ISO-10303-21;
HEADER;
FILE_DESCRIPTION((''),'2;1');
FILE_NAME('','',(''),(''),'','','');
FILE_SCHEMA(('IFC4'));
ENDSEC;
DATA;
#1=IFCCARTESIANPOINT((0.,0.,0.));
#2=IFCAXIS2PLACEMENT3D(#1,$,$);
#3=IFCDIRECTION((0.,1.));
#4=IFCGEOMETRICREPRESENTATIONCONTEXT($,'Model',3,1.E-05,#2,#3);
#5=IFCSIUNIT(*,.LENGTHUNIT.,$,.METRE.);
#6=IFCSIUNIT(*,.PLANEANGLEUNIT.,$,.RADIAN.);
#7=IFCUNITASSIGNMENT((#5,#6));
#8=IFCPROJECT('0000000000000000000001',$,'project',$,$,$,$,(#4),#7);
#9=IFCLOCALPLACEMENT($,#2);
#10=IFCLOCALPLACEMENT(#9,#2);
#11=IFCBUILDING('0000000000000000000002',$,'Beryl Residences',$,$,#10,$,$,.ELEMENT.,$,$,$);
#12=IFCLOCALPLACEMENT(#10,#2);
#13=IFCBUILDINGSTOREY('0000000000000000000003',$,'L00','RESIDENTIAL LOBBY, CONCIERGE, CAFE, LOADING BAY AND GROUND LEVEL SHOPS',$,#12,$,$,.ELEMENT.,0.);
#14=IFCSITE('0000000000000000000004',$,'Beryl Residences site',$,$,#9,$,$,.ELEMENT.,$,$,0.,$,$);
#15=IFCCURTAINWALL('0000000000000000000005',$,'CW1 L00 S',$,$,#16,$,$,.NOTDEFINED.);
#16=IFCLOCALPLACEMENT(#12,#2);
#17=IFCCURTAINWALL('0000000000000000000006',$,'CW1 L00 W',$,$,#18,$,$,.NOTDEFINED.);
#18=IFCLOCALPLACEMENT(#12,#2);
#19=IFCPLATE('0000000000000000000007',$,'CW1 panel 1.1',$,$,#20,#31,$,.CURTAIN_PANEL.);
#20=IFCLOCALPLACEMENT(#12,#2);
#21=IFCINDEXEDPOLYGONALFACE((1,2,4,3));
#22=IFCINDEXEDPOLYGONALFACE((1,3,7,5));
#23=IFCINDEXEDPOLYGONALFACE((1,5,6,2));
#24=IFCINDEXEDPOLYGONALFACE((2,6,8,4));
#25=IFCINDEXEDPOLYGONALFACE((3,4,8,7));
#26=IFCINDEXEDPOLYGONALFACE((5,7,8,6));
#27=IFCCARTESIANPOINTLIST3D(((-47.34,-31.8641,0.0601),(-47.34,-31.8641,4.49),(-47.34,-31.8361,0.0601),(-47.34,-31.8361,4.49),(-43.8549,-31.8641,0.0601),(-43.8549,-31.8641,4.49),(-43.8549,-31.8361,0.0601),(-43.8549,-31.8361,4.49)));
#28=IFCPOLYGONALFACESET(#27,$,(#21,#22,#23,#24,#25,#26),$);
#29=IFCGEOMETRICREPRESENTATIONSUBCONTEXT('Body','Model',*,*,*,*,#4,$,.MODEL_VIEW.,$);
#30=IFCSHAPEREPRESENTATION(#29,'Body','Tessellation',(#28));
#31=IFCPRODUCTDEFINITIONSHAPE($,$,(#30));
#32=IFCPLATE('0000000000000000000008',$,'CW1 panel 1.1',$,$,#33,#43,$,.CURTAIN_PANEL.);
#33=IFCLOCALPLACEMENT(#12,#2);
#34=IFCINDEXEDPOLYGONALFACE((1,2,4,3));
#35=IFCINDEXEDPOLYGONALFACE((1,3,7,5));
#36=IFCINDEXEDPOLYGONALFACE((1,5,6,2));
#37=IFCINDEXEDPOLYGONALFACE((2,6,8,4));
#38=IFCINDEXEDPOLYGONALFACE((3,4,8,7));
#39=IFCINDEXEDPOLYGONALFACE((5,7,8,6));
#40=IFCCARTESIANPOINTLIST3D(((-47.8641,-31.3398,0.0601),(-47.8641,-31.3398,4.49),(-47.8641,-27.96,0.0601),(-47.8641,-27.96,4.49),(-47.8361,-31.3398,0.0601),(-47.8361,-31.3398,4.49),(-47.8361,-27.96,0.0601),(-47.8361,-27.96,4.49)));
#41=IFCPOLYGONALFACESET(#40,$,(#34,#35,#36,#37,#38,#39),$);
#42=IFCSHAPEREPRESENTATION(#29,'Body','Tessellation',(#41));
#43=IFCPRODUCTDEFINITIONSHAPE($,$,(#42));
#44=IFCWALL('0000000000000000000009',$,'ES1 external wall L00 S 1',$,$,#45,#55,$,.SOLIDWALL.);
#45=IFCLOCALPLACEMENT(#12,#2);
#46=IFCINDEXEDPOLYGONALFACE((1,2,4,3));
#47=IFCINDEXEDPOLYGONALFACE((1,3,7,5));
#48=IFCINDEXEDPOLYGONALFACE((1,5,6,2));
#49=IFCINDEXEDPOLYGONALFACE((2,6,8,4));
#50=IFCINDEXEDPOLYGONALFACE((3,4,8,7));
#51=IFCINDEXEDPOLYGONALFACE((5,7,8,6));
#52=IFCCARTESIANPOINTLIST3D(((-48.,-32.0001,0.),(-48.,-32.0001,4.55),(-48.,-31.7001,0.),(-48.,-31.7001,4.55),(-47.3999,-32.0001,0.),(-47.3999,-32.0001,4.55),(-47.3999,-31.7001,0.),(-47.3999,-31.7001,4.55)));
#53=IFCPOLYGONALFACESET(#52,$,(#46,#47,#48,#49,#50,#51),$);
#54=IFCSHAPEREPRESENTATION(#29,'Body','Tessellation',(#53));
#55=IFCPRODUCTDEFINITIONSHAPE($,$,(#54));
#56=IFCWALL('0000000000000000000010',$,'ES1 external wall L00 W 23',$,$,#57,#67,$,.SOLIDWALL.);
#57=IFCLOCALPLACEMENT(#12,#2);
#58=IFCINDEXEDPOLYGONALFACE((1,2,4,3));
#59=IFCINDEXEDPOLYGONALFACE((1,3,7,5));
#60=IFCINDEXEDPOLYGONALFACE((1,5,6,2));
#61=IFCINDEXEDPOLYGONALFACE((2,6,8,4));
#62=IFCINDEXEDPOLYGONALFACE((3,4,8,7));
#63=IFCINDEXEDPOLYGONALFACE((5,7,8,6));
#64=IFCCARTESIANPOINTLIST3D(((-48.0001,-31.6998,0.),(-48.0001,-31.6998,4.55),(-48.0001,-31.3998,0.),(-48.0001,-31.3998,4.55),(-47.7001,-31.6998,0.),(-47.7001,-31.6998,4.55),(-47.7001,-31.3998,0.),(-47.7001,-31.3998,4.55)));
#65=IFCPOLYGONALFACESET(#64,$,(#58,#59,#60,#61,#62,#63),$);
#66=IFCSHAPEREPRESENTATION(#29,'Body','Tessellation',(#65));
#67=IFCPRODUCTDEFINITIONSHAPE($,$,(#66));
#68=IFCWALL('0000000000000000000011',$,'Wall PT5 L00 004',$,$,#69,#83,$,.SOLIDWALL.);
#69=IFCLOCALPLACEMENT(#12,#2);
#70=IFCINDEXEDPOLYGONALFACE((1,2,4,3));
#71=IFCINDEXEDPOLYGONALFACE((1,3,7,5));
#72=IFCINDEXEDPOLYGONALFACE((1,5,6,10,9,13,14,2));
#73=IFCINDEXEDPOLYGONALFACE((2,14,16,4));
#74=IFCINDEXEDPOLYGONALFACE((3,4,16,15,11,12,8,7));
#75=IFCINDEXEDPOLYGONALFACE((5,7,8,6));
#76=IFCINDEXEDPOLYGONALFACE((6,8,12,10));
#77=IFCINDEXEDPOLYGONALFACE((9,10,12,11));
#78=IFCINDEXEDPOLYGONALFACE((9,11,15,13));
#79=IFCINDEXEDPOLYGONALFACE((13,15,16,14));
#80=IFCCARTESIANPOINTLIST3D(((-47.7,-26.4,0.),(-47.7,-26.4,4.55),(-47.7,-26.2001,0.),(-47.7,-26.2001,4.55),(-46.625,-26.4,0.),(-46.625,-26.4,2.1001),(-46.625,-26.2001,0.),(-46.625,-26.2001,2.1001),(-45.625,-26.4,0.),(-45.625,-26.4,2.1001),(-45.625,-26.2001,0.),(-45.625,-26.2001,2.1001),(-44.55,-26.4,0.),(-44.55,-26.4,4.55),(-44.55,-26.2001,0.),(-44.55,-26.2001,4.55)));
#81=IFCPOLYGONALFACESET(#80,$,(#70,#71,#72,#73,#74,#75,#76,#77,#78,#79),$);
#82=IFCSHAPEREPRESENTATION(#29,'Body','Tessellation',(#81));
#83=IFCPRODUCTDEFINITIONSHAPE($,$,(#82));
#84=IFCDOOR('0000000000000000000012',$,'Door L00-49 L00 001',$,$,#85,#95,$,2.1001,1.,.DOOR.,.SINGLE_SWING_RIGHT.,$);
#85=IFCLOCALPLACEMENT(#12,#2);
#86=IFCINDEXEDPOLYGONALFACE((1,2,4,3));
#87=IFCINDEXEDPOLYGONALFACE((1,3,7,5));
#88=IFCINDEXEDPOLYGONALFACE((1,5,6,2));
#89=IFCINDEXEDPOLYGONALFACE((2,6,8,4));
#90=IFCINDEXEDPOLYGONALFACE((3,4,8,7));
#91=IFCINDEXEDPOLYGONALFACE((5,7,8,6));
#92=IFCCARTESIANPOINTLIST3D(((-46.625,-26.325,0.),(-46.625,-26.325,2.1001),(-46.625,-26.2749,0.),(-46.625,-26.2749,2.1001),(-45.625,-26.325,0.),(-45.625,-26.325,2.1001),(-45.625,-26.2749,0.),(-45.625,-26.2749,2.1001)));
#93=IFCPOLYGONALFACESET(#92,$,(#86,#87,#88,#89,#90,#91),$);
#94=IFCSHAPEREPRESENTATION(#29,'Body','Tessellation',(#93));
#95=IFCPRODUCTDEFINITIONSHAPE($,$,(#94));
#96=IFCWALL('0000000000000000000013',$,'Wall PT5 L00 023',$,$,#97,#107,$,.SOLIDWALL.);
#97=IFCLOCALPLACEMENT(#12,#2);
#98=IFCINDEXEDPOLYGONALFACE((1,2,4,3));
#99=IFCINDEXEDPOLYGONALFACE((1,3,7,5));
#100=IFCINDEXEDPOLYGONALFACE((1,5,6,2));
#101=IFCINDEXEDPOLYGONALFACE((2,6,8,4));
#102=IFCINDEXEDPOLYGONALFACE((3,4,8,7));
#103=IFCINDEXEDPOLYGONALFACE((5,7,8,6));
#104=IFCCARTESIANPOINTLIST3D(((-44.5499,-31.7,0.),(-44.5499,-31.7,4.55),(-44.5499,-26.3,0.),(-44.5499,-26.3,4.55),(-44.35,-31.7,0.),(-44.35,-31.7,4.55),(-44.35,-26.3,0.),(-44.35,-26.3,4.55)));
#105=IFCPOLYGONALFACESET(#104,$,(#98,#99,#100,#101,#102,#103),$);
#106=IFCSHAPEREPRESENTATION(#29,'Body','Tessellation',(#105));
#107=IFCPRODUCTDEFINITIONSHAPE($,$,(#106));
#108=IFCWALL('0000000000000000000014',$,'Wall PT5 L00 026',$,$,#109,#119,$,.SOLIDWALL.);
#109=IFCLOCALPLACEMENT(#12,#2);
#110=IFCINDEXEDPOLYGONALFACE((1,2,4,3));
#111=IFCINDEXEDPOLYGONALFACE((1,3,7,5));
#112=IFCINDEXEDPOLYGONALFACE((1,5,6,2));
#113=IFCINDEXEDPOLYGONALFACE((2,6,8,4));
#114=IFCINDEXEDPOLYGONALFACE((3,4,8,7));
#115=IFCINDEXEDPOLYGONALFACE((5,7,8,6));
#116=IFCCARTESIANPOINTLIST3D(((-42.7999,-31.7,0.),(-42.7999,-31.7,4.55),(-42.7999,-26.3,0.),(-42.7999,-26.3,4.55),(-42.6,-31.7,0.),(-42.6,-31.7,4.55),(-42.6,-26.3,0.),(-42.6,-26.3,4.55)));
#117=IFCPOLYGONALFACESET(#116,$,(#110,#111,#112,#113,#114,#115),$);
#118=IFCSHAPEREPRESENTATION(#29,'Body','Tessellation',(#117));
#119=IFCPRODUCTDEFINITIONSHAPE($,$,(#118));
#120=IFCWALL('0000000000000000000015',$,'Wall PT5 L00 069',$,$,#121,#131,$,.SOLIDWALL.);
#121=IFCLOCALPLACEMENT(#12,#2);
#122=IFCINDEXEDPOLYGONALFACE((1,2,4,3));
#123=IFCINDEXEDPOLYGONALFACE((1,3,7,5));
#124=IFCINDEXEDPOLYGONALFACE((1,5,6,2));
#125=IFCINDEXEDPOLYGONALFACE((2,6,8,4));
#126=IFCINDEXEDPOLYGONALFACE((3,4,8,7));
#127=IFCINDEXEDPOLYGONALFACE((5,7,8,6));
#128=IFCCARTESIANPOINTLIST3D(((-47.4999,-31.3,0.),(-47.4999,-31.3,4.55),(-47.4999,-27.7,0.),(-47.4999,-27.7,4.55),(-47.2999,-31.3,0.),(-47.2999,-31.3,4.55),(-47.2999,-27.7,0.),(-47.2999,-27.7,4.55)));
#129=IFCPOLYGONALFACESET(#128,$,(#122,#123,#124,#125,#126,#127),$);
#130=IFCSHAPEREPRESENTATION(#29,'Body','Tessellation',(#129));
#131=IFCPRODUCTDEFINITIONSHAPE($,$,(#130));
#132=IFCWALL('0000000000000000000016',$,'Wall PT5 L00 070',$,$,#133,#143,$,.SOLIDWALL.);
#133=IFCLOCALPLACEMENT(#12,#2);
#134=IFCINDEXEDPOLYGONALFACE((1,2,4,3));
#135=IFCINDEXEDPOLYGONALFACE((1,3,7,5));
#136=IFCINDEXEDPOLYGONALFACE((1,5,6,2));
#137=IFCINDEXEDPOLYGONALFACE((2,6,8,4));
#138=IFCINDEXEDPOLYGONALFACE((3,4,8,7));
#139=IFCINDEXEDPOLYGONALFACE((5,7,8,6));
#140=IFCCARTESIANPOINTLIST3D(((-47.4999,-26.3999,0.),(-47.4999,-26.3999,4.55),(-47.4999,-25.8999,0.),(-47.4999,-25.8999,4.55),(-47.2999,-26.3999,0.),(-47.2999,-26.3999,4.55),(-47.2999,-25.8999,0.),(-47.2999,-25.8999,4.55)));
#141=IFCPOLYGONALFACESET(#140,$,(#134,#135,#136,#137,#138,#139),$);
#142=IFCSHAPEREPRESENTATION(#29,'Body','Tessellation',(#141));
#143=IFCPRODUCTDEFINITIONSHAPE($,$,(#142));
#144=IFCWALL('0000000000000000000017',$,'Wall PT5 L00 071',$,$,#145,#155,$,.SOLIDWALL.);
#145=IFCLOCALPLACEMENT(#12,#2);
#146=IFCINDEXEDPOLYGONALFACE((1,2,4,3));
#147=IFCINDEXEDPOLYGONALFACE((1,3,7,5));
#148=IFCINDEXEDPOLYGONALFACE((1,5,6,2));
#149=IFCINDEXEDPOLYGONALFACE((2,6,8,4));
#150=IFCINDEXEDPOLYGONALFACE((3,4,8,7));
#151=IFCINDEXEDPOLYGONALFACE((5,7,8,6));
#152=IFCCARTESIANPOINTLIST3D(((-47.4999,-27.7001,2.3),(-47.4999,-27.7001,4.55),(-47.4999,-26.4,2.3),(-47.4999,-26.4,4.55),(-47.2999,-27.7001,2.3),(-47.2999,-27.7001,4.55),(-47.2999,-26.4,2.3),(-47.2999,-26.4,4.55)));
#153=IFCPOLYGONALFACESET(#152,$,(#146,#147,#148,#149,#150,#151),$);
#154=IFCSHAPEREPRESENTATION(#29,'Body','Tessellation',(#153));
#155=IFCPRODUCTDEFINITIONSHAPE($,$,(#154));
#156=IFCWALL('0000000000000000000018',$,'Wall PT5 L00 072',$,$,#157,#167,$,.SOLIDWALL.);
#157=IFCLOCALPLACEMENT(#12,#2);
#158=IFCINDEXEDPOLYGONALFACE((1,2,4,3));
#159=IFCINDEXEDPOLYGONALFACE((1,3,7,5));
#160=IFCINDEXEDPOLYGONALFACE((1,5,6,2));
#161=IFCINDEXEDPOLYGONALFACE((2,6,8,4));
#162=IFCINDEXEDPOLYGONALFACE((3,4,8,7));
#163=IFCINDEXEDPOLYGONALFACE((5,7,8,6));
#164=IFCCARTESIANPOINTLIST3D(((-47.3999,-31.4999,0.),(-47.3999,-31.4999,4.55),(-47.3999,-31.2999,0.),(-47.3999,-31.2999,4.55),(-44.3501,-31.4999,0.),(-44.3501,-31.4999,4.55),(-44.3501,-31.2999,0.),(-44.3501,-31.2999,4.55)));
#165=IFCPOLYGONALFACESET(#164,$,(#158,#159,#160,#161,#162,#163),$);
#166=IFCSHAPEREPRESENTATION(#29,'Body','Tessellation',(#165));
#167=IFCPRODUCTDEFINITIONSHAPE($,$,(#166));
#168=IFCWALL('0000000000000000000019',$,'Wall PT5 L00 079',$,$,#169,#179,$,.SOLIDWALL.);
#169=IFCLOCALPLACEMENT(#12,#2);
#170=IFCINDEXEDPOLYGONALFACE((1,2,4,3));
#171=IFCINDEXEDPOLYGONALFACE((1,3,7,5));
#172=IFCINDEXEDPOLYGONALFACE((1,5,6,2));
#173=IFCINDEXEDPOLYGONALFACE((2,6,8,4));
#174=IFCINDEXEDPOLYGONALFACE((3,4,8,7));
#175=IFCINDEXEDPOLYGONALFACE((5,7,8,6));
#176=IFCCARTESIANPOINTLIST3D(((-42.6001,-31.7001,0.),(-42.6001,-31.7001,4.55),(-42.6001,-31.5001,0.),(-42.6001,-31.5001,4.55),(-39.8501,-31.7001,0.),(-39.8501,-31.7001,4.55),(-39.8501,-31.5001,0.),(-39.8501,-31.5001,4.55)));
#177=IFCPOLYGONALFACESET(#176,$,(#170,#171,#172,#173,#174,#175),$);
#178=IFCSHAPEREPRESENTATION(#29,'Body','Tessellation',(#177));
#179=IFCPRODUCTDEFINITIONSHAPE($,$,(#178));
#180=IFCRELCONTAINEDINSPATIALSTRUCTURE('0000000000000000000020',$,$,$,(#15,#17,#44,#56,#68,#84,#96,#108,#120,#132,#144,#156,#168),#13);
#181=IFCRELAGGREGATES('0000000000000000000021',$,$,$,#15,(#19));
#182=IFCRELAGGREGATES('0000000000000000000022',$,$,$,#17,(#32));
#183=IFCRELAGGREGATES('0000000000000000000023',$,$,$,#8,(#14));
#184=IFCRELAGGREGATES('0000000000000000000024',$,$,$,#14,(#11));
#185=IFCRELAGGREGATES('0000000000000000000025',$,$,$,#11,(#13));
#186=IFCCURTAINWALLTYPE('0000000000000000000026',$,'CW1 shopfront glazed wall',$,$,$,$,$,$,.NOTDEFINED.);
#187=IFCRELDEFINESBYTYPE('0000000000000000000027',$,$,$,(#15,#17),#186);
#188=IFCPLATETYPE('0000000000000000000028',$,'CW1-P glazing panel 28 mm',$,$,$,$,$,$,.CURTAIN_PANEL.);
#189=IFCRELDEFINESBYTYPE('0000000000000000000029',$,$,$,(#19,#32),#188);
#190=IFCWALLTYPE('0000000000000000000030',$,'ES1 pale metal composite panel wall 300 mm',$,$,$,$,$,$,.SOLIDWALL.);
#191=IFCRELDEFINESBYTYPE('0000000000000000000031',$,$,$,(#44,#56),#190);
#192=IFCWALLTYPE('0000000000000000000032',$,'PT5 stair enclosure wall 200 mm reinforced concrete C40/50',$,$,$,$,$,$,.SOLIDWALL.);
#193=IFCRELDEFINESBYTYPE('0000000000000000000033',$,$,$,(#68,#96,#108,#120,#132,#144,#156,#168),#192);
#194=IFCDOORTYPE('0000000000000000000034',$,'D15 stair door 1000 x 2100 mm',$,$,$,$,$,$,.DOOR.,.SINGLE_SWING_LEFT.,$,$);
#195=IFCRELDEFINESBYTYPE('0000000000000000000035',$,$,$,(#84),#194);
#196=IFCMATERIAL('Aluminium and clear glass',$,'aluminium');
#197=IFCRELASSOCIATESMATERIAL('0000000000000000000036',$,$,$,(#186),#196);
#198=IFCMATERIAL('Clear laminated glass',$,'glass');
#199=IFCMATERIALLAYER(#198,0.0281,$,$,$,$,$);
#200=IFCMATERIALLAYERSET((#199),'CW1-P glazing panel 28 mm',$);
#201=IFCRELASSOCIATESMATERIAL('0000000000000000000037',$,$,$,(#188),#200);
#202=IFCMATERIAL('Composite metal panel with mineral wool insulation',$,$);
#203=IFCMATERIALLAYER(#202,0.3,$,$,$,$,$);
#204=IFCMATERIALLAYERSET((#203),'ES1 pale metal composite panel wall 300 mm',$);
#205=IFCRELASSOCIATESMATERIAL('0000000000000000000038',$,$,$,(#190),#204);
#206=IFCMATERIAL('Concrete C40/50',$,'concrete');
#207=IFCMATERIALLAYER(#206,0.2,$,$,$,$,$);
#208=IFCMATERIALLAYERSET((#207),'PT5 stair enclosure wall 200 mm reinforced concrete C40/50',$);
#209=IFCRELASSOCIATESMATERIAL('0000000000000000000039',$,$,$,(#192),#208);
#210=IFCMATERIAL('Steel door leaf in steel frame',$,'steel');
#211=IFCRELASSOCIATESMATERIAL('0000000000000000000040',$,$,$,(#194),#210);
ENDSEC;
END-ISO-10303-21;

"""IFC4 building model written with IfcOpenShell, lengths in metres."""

from ifc_helpers import new_model, si_unit, direction, frame, frame_2d, origin, origin_2d, place, context, subcontext, project, spatial, rectangle, extrude, material, layer, layer_set, type_object, element, fill, aggregate, save


model = new_model("IFC4")

# Units and contexts
model_context = context("Model", 3, precision=1e-05, world=origin(), true_north=direction((0.0, 1.0)))
body_context = subcontext(model_context, "Body", "Model", "MODEL_VIEW")
ifc_project = project(units=[si_unit("LENGTHUNIT", "METRE"), si_unit("PLANEANGLEUNIT", "RADIAN")], contexts=[model_context])

# Site, building, storey
site_placement = place(None, origin())
site = spatial("IfcSite", under=ifc_project, at=site_placement, Name="Beryl Residences site", CompositionType="ELEMENT", RefElevation=0.0)
building_placement = place(site_placement, origin())
building = spatial("IfcBuilding", under=site, at=building_placement, Name="Beryl Residences", CompositionType="ELEMENT")
storey_placement = place(building_placement, origin())
storey = spatial("IfcBuildingStorey", under=building, at=storey_placement, Name="L00", Description="RESIDENTIAL LOBBY, CONCIERGE, CAFE, LOADING BAY AND GROUND LEVEL SHOPS", CompositionType="ELEMENT", Elevation=0.0)

# Curtain walls
ifc_material_1 = material(Name="Aluminium and clear glass", Category="aluminium")
curtain_wall_type = type_object("IfcCurtainWallType", Name="CW1 shopfront glazed wall", PredefinedType="NOTDEFINED", material=ifc_material_1)
curtain_wall_1_placement = place(storey_placement, origin())
curtain_wall_1 = element("IfcCurtainWall", 1, at=curtain_wall_1_placement, inside=storey, type_object=curtain_wall_type, Name="CW1 L00 S", PredefinedType="NOTDEFINED")
curtain_wall_2_placement = place(storey_placement, origin())
curtain_wall_2 = element("IfcCurtainWall", 2, at=curtain_wall_2_placement, inside=storey, type_object=curtain_wall_type, Name="CW1 L00 W", PredefinedType="NOTDEFINED")

# Plates
ifc_material_2 = material(Name="Clear laminated glass", Category="glass")
ifc_layer_1 = layer(ifc_material_2, 0.0281)
ifc_layer_set_1 = layer_set([ifc_layer_1], Name="CW1-P glazing panel 28 mm")
plate_type = type_object("IfcPlateType", Name="CW1-P glazing panel 28 mm", PredefinedType="CURTAIN_PANEL", material=ifc_layer_set_1)
plate_1_placement = place(storey_placement, frame((-45.5974, -31.8501, 0.0601), z_axis=(0.0, 0.0, 1.0), x_axis=(1.0, 0.0, 0.0)))
plate_1 = element("IfcPlate", 3, at=plate_1_placement, type_object=plate_type, Name="CW1 panel 1.1", PredefinedType="CURTAIN_PANEL", context=body_context, shape_type="SweptSolid", body=[
    extrude(rectangle(XDim=3.4851, YDim=0.0281, at=origin_2d()), origin(), (0.0, 0.0, 1.0), 4.4299),
])
aggregate(curtain_wall_1, [plate_1])
plate_2_placement = place(storey_placement, frame((-47.8501, -29.6499, 0.0601), z_axis=(0.0, 0.0, 1.0), x_axis=(0.0, -1.0, 0.0)))
plate_2 = element("IfcPlate", 4, at=plate_2_placement, type_object=plate_type, Name="CW1 panel 1.1", PredefinedType="CURTAIN_PANEL", context=body_context, shape_type="SweptSolid", body=[
    extrude(rectangle(XDim=3.3799, YDim=0.0281, at=origin_2d()), origin(), (0.0, 0.0, 1.0), 4.4299),
])
aggregate(curtain_wall_2, [plate_2])

# Walls
ifc_material_3 = material(Name="Composite metal panel with mineral wool insulation")
ifc_layer_2 = layer(ifc_material_3, 0.3)
ifc_layer_set_2 = layer_set([ifc_layer_2], Name="ES1 pale metal composite panel wall 300 mm")
wall_type_1 = type_object("IfcWallType", Name="ES1 pale metal composite panel wall 300 mm", PredefinedType="SOLIDWALL", material=ifc_layer_set_2)
wall_1_placement = place(storey_placement, frame((-48.0, -31.8501, 0.0), z_axis=(0.0, 0.0, 1.0), x_axis=(1.0, 0.0, 0.0)))
element("IfcWall", 5, at=wall_1_placement, inside=storey, type_object=wall_type_1, Name="ES1 external wall L00 S 1", PredefinedType="SOLIDWALL", context=body_context, shape_type="SweptSolid", body=[
    extrude(rectangle(XDim=0.6001, YDim=0.3, at=frame_2d((0.3, 0.0))), origin(), (0.0, 0.0, 1.0), 4.55),
])
wall_2_placement = place(storey_placement, frame((-47.8501, -31.3999, 0.0), z_axis=(0.0, 0.0, 1.0), x_axis=(0.0, -1.0, 0.0)))
element("IfcWall", 6, at=wall_2_placement, inside=storey, type_object=wall_type_1, Name="ES1 external wall L00 W 23", PredefinedType="SOLIDWALL", context=body_context, shape_type="SweptSolid", body=[
    extrude(rectangle(XDim=0.3, YDim=0.3, at=frame_2d((0.1499, 0.0))), origin(), (0.0, 0.0, 1.0), 4.55),
])

# Wall, opening, door
ifc_material_4 = material(Name="Concrete C40/50", Category="concrete")
ifc_layer_3 = layer(ifc_material_4, 0.2)
ifc_layer_set_3 = layer_set([ifc_layer_3], Name="PT5 stair enclosure wall 200 mm reinforced concrete C40/50")
wall_type_2 = type_object("IfcWallType", Name="PT5 stair enclosure wall 200 mm reinforced concrete C40/50", PredefinedType="SOLIDWALL", material=ifc_layer_set_3)
wall_3_placement = place(storey_placement, frame((-47.7, -26.3, 0.0), z_axis=(0.0, 0.0, 1.0), x_axis=(1.0, 0.0, 0.0)))
wall_3 = element("IfcWall", 7, at=wall_3_placement, inside=storey, type_object=wall_type_2, Name="Wall PT5 L00 004", PredefinedType="SOLIDWALL", context=body_context, shape_type="SweptSolid", body=[
    extrude(rectangle(XDim=3.1499, YDim=0.2, at=frame_2d((1.575, 0.0))), origin(), (0.0, 0.0, 1.0), 4.55),
])
opening_placement = place(wall_3_placement, frame((2.075, 0.0, 0.0), z_axis=(0.0, 0.0, 1.0), x_axis=(-1.0, 0.0, 0.0)))
opening = element("IfcOpeningElement", 8, at=opening_placement, cuts=wall_3, PredefinedType="OPENING", context=body_context, shape_type="SweptSolid", body=[
    extrude(rectangle(XDim=1.0, YDim=2.1001, at=frame_2d((0.5, 1.05))), frame((0.0, 0.1099, 0.0), z_axis=(0.0, -1.0, 0.0), x_axis=(1.0, 0.0, 0.0)), (0.0, 0.0, 1.0), 0.22),
])
ifc_material_5 = material(Name="Steel door leaf in steel frame", Category="steel")
door_type = type_object("IfcDoorType", Name="D15 stair door 1000 x 2100 mm", OperationType="SINGLE_SWING_LEFT", PredefinedType="DOOR", material=ifc_material_5)
door_placement = place(opening_placement, origin())
door = element("IfcDoor", 9, at=door_placement, inside=storey, type_object=door_type, Name="Door L00-49 L00 001", OperationType="SINGLE_SWING_RIGHT", OverallHeight=2.1001, OverallWidth=1.0, PredefinedType="DOOR", context=body_context, shape_type="SweptSolid", body=[
    extrude(rectangle(XDim=1.0, YDim=2.1001, at=frame_2d((0.5, 1.05))), frame((0.0, 0.0249, 0.0), z_axis=(0.0, -1.0, 0.0), x_axis=(1.0, 0.0, 0.0)), (0.0, 0.0, 1.0), 0.05),
])
fill(opening, door)

# Walls
for number, where, z_axis, x_axis, name in (
    (10, (-44.45, -31.7, 0.0), (0.0, 0.0, 1.0), (0.0, 1.0, 0.0), "Wall PT5 L00 023"),
    (11, (-42.7, -31.7, 0.0), (0.0, 0.0, 1.0), (0.0, 1.0, 0.0), "Wall PT5 L00 026"),
):
    element("IfcWall", number, at=place(storey_placement, frame(where, z_axis=z_axis, x_axis=x_axis)), inside=storey, type_object=wall_type_2, Name=name, PredefinedType="SOLIDWALL", context=body_context, shape_type="SweptSolid", body=[
        extrude(rectangle(XDim=5.3999, YDim=0.2, at=frame_2d((2.7, 0.0))), origin(), (0.0, 0.0, 1.0), 4.55),
    ])
wall_4_placement = place(storey_placement, frame((-47.3999, -31.3, 0.0), z_axis=(0.0, 0.0, 1.0), x_axis=(0.0, 1.0, 0.0)))
element("IfcWall", 12, at=wall_4_placement, inside=storey, type_object=wall_type_2, Name="Wall PT5 L00 069", PredefinedType="SOLIDWALL", context=body_context, shape_type="SweptSolid", body=[
    extrude(rectangle(XDim=3.6001, YDim=0.2, at=frame_2d((1.8, 0.0))), origin(), (0.0, 0.0, 1.0), 4.55),
])
wall_5_placement = place(storey_placement, frame((-47.3999, -26.3999, 0.0), z_axis=(0.0, 0.0, 1.0), x_axis=(0.0, 1.0, 0.0)))
element("IfcWall", 13, at=wall_5_placement, inside=storey, type_object=wall_type_2, Name="Wall PT5 L00 070", PredefinedType="SOLIDWALL", context=body_context, shape_type="SweptSolid", body=[
    extrude(rectangle(XDim=0.5, YDim=0.2, at=frame_2d((0.25, 0.0))), origin(), (0.0, 0.0, 1.0), 4.55),
])
wall_6_placement = place(storey_placement, frame((-47.3999, -27.7, 2.3), z_axis=(0.0, 0.0, 1.0), x_axis=(0.0, 1.0, 0.0)))
element("IfcWall", 14, at=wall_6_placement, inside=storey, type_object=wall_type_2, Name="Wall PT5 L00 071", PredefinedType="SOLIDWALL", context=body_context, shape_type="SweptSolid", body=[
    extrude(rectangle(XDim=1.3, YDim=0.2, at=frame_2d((0.6499, 0.0))), origin(), (0.0, 0.0, 1.0), 2.25),
])
wall_7_placement = place(storey_placement, frame((-47.3999, -31.3999, 0.0), z_axis=(0.0, 0.0, 1.0), x_axis=(1.0, 0.0, 0.0)))
element("IfcWall", 15, at=wall_7_placement, inside=storey, type_object=wall_type_2, Name="Wall PT5 L00 072", PredefinedType="SOLIDWALL", context=body_context, shape_type="SweptSolid", body=[
    extrude(rectangle(XDim=3.0498, YDim=0.2, at=frame_2d((1.5249, 0.0))), origin(), (0.0, 0.0, 1.0), 4.55),
])
wall_8_placement = place(storey_placement, frame((-42.6001, -31.6001, 0.0), z_axis=(0.0, 0.0, 1.0), x_axis=(1.0, 0.0, 0.0)))
element("IfcWall", 16, at=wall_8_placement, inside=storey, type_object=wall_type_2, Name="Wall PT5 L00 079", PredefinedType="SOLIDWALL", context=body_context, shape_type="SweptSolid", body=[
    extrude(rectangle(XDim=2.75, YDim=0.2, at=frame_2d((1.375, 0.0))), origin(), (0.0, 0.0, 1.0), 4.55),
])

save(model, "model.ifc")
